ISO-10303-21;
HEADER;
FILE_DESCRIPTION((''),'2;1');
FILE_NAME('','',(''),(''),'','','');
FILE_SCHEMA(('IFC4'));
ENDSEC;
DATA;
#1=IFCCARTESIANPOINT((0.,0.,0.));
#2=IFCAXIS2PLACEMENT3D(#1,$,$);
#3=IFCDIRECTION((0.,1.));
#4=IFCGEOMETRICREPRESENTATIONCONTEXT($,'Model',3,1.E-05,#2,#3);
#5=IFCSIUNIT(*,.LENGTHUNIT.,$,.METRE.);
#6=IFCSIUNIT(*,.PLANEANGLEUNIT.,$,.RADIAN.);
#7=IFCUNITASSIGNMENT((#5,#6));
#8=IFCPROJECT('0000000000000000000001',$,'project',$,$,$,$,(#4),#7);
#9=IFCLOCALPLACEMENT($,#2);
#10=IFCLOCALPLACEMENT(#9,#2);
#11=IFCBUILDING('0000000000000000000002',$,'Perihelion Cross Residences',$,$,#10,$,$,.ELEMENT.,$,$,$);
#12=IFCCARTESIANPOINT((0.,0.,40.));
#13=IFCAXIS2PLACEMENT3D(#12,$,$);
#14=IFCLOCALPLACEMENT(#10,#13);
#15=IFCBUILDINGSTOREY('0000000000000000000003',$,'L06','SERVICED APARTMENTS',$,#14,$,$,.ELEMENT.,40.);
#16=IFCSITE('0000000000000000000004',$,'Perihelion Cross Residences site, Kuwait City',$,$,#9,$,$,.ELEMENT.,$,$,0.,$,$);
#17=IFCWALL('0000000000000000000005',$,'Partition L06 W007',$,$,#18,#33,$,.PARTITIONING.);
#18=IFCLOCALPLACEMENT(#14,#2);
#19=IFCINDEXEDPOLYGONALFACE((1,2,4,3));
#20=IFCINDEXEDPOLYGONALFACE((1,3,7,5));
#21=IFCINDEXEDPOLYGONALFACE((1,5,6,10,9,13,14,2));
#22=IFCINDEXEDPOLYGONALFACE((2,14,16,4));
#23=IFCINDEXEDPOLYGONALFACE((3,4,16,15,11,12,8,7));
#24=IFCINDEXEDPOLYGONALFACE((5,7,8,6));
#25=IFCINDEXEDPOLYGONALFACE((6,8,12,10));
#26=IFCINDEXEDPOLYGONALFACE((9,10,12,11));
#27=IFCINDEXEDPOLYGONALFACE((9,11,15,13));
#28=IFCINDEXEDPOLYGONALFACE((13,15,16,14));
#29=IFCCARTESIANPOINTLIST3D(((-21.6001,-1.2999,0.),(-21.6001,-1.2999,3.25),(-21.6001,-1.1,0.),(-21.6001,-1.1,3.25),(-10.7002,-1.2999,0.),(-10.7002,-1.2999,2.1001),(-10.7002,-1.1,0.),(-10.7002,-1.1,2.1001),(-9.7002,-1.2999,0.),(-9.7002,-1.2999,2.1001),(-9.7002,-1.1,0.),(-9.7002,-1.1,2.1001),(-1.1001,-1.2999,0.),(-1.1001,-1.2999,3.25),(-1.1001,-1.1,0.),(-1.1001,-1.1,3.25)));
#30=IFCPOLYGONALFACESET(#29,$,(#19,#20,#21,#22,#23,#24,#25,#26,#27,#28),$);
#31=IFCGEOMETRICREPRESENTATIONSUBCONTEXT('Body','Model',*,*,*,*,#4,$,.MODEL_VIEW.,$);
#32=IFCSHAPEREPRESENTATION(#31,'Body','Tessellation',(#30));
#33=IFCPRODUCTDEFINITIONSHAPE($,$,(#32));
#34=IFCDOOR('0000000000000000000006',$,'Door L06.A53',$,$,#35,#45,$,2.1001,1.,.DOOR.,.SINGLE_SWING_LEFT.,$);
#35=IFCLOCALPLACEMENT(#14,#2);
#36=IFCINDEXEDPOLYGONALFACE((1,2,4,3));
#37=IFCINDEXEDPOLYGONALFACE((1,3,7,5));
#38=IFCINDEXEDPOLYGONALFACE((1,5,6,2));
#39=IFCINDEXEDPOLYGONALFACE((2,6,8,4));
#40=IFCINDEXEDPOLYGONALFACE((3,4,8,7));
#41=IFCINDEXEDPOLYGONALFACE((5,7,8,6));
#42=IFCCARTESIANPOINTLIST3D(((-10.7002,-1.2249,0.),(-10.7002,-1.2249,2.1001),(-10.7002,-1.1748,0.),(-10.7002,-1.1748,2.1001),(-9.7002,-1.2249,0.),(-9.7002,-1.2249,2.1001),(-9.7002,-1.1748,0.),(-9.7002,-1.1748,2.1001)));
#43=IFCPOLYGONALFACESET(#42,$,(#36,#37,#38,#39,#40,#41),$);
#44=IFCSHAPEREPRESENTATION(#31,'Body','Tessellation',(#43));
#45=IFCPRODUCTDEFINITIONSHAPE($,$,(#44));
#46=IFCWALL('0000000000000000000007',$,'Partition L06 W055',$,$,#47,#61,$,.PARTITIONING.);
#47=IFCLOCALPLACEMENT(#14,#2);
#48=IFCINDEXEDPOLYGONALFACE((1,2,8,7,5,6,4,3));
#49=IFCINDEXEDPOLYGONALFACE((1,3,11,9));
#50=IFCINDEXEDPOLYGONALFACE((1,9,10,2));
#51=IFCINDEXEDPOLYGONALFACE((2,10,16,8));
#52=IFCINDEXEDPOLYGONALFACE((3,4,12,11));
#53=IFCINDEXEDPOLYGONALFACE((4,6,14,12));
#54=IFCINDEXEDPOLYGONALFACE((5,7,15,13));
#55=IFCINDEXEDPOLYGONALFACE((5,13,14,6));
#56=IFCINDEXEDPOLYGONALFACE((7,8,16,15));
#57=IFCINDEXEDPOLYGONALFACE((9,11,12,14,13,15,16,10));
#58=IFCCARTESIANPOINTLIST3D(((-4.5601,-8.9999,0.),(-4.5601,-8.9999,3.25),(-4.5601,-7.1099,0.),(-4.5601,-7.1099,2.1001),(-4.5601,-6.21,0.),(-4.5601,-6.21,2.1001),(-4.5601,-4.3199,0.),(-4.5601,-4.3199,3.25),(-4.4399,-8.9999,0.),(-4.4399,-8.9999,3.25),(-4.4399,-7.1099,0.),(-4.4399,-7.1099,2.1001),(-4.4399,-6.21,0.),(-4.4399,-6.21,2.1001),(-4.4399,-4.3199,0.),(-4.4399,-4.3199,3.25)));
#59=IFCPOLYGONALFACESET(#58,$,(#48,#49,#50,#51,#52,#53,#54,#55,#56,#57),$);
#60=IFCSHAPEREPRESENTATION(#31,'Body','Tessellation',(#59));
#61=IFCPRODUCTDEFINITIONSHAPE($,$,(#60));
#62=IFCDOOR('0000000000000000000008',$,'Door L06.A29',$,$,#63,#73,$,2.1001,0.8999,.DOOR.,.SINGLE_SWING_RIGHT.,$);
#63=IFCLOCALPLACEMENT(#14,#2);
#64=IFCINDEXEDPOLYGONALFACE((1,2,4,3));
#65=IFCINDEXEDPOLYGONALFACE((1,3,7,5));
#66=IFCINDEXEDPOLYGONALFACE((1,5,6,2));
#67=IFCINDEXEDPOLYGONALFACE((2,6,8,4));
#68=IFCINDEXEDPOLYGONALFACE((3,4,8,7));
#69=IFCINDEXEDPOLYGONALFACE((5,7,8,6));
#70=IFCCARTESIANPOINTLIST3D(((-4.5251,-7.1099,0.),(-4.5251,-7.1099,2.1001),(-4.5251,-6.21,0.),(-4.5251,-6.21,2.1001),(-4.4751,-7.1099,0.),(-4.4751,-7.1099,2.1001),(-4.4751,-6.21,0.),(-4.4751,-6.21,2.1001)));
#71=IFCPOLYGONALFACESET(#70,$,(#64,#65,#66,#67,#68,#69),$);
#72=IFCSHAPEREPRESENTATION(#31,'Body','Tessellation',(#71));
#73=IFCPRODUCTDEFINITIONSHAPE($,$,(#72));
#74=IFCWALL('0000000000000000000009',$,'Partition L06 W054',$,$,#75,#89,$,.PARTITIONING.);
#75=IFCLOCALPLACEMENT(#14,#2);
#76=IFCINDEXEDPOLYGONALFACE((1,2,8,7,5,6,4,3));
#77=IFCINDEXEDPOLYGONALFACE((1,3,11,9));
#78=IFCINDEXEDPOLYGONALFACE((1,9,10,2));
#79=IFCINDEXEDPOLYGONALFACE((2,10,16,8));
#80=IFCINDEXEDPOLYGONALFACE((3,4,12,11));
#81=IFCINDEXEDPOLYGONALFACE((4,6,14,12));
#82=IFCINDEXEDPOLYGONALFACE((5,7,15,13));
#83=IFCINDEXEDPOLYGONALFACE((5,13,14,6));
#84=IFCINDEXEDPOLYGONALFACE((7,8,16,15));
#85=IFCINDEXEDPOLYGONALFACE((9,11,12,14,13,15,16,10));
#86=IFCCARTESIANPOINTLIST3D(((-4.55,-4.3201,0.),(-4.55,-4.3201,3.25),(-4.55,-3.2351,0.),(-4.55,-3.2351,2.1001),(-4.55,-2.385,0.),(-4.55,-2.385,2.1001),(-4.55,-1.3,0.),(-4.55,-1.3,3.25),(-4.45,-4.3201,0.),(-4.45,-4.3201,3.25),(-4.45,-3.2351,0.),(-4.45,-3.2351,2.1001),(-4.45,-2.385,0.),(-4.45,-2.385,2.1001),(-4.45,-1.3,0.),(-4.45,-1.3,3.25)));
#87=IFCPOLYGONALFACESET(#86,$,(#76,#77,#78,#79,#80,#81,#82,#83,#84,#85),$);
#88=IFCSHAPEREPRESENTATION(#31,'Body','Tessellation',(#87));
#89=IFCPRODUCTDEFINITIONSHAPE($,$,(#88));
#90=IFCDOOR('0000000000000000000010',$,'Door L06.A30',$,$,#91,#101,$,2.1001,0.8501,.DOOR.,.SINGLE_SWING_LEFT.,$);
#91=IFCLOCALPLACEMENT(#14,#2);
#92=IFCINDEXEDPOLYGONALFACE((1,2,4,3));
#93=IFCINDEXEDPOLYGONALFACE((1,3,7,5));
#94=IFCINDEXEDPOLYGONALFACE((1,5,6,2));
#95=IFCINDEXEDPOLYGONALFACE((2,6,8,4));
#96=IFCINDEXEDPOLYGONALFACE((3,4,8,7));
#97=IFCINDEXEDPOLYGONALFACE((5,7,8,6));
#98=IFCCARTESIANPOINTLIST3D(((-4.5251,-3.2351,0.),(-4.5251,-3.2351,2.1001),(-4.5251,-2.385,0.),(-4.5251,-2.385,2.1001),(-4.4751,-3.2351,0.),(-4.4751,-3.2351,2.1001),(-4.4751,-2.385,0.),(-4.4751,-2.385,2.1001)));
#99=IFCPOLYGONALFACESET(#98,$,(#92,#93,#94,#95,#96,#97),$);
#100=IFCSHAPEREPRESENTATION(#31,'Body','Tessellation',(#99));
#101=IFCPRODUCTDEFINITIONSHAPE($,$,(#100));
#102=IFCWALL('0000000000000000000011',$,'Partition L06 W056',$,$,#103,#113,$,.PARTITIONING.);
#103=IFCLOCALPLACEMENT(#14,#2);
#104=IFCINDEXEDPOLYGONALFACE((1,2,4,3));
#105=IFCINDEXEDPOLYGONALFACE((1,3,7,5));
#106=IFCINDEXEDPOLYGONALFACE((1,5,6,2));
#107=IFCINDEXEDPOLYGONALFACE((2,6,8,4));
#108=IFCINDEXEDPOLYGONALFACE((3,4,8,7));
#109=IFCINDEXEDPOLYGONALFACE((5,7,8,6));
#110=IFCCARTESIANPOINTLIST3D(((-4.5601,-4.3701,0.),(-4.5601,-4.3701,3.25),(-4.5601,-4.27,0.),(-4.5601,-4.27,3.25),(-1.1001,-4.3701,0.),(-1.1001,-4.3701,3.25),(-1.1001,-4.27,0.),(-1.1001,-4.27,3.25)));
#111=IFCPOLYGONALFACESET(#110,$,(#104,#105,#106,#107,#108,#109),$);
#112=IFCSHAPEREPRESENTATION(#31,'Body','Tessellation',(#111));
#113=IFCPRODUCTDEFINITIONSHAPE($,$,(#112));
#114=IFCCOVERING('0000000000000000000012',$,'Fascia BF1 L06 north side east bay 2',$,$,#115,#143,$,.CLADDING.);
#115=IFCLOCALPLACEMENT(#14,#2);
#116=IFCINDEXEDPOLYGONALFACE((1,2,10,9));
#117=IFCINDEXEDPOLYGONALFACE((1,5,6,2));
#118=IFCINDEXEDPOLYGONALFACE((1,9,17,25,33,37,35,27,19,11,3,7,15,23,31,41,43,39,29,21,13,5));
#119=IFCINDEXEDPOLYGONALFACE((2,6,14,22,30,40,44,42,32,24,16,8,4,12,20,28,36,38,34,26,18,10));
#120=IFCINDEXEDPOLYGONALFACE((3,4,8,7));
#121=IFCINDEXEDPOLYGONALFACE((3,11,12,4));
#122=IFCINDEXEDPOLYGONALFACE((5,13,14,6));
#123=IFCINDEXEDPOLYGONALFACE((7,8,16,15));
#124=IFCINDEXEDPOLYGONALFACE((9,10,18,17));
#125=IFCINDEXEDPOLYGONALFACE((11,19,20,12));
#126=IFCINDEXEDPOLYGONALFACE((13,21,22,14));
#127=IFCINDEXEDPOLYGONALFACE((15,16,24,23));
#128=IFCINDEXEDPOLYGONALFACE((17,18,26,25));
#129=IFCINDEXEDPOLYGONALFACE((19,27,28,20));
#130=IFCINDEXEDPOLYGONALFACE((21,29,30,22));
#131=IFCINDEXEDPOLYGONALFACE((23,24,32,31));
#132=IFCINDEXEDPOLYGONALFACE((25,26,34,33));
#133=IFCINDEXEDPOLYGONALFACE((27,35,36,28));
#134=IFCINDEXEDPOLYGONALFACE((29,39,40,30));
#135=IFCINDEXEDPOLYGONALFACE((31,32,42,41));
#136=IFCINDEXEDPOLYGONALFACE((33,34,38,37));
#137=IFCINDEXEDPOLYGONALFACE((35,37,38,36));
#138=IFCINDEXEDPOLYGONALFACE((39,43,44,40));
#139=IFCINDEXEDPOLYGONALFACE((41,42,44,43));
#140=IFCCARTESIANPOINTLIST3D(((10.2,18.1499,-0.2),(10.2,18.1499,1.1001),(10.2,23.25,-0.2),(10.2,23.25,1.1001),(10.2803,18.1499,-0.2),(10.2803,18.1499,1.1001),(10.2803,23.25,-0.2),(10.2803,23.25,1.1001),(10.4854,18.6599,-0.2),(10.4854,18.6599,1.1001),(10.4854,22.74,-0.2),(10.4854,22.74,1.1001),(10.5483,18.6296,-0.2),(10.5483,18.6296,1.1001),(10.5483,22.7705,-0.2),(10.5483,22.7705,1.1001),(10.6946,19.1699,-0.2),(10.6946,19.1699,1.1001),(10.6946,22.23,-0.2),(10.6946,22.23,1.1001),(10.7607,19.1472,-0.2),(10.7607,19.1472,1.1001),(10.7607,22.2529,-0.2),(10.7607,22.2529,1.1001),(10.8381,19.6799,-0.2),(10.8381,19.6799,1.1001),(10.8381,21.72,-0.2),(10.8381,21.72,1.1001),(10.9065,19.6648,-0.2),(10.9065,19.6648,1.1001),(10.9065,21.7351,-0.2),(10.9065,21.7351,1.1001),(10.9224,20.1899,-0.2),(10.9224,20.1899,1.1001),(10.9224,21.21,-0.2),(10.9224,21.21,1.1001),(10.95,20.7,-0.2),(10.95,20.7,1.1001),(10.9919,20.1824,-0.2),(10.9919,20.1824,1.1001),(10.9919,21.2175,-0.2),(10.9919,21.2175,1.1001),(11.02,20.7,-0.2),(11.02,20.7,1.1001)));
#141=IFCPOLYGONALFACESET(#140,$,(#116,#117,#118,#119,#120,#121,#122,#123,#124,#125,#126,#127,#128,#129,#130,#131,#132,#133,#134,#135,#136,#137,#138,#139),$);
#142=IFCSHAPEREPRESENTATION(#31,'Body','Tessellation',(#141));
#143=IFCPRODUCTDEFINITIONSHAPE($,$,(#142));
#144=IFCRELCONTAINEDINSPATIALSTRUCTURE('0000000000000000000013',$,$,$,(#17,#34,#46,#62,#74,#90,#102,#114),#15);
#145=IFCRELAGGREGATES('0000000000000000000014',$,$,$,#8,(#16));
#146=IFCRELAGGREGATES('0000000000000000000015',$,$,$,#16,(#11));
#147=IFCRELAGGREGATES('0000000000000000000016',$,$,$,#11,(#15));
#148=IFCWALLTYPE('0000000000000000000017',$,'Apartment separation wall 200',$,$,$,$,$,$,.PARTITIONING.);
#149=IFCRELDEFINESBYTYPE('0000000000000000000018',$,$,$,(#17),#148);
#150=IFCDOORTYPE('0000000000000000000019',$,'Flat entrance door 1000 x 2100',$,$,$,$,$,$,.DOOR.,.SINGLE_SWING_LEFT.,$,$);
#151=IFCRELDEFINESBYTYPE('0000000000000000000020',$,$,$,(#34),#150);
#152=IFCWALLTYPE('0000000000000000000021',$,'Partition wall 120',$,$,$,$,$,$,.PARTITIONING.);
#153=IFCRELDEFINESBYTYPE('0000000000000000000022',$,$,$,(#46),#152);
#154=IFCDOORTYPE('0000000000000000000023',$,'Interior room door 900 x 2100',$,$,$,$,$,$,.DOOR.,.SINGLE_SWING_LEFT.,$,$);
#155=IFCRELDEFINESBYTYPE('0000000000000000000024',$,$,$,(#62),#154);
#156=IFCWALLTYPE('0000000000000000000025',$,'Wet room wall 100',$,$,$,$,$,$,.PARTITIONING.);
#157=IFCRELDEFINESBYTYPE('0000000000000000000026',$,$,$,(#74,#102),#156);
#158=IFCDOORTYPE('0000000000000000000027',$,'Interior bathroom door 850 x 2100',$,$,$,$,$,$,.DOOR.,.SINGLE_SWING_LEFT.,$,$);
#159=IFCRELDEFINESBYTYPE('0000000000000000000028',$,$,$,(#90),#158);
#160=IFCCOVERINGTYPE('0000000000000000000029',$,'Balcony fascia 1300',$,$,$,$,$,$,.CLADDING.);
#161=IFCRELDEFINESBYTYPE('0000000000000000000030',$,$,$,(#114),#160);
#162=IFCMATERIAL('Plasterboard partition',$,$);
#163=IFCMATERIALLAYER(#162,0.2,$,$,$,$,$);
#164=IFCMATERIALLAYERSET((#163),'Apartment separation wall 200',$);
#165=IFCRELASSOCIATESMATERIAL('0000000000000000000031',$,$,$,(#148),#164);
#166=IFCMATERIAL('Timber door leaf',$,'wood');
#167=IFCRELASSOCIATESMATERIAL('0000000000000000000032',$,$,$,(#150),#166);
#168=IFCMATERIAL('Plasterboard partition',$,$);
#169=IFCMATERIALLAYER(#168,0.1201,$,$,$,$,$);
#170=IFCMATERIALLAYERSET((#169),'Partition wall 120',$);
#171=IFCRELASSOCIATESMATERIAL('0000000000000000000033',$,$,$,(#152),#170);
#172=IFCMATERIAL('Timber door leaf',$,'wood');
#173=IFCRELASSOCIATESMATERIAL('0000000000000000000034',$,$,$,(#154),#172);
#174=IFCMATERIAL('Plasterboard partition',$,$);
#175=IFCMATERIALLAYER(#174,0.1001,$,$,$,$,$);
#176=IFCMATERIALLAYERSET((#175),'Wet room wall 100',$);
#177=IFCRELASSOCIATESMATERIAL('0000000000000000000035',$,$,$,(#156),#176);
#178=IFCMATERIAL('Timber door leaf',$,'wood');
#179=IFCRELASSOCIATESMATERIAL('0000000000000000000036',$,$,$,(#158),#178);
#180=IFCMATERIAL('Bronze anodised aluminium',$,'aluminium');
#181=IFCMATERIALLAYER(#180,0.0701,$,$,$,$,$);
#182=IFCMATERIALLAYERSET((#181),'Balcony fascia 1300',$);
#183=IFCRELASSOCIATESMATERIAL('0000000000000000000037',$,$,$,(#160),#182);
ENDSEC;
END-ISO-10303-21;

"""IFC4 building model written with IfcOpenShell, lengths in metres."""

from ifc_helpers import new_model, si_unit, direction, frame, frame_2d, origin, place, context, subcontext, project, spatial, polyline, rectangle, outline, extrude, material, layer, layer_set, type_object, element, fill, save


model = new_model("IFC4")

# Units and contexts
model_context = context("Model", 3, precision=1e-05, world=origin(), true_north=direction((0.0, 1.0)))
body_context = subcontext(model_context, "Body", "Model", "MODEL_VIEW")
ifc_project = project(units=[si_unit("LENGTHUNIT", "METRE"), si_unit("PLANEANGLEUNIT", "RADIAN")], contexts=[model_context])

# Site, building, storey
site_placement = place(None, origin())
site = spatial("IfcSite", under=ifc_project, at=site_placement, Name="Perihelion Cross Residences site, Kuwait City", CompositionType="ELEMENT", RefElevation=0.0)
building_placement = place(site_placement, origin())
building = spatial("IfcBuilding", under=site, at=building_placement, Name="Perihelion Cross Residences", CompositionType="ELEMENT")
storey_placement = place(building_placement, frame((0.0, 0.0, 40.0)))
storey = spatial("IfcBuildingStorey", under=building, at=storey_placement, Name="L06", Description="SERVICED APARTMENTS", CompositionType="ELEMENT", Elevation=40.0)

# Walls, openings, doors
ifc_material_1 = material(Name="Plasterboard partition")
ifc_layer_1 = layer(ifc_material_1, 0.2)
ifc_layer_set_1 = layer_set([ifc_layer_1], Name="Apartment separation wall 200")
wall_type_1 = type_object("IfcWallType", Name="Apartment separation wall 200", PredefinedType="PARTITIONING", material=ifc_layer_set_1)
wall_1_placement = place(storey_placement, frame((-1.1001, -1.2, 0.0), z_axis=(0.0, 0.0, 1.0), x_axis=(-1.0, 0.0, 0.0)))
wall_1 = element("IfcWall", 1, at=wall_1_placement, inside=storey, type_object=wall_type_1, Name="Partition L06 W007", PredefinedType="PARTITIONING", context=body_context, shape_type="SweptSolid", body=[
    extrude(rectangle(XDim=20.5, YDim=0.2, at=frame_2d((10.25, 0.0))), origin(), (0.0, 0.0, 1.0), 3.25),
])
opening_1_placement = place(wall_1_placement, frame((8.6001, 0.0, 0.0)))
opening_1 = element("IfcOpeningElement", 2, at=opening_1_placement, cuts=wall_1, PredefinedType="OPENING", context=body_context, shape_type="SweptSolid", body=[
    extrude(rectangle(XDim=1.0, YDim=2.1001, at=frame_2d((0.5, 1.05))), frame((0.0, 0.1099, 0.0), z_axis=(0.0, -1.0, 0.0), x_axis=(1.0, 0.0, 0.0)), (0.0, 0.0, 1.0), 0.22),
])
ifc_material_2 = material(Name="Timber door leaf", Category="wood")
door_type_1 = type_object("IfcDoorType", Name="Flat entrance door 1000 x 2100", OperationType="SINGLE_SWING_LEFT", PredefinedType="DOOR", material=ifc_material_2)
door_1_placement = place(opening_1_placement, origin())
door_1 = element("IfcDoor", 3, at=door_1_placement, inside=storey, type_object=door_type_1, Name="Door L06.A53", OperationType="SINGLE_SWING_LEFT", OverallHeight=2.1001, OverallWidth=1.0, PredefinedType="DOOR", context=body_context, shape_type="SweptSolid", body=[
    extrude(rectangle(XDim=1.0, YDim=2.1001, at=frame_2d((0.5, 1.05))), frame((0.0, 0.0249, 0.0), z_axis=(0.0, -1.0, 0.0), x_axis=(1.0, 0.0, 0.0)), (0.0, 0.0, 1.0), 0.05),
])
fill(opening_1, door_1)
ifc_material_3 = material(Name="Plasterboard partition")
ifc_layer_2 = layer(ifc_material_3, 0.1201)
ifc_layer_set_2 = layer_set([ifc_layer_2], Name="Partition wall 120")
wall_type_2 = type_object("IfcWallType", Name="Partition wall 120", PredefinedType="PARTITIONING", material=ifc_layer_set_2)
wall_2_placement = place(storey_placement, frame((-4.5, -4.3201, 0.0), z_axis=(0.0, 0.0, 1.0), x_axis=(0.0, -1.0, 0.0)))
wall_2 = element("IfcWall", 4, at=wall_2_placement, inside=storey, type_object=wall_type_2, Name="Partition L06 W055", PredefinedType="PARTITIONING", context=body_context, shape_type="SweptSolid", body=[
    extrude(rectangle(XDim=4.6799, YDim=0.1201, at=frame_2d((2.3398, 0.0))), origin(), (0.0, 0.0, 1.0), 3.25),
])
opening_2_placement = place(wall_2_placement, frame((1.8899, 0.0, 0.0)))
opening_2 = element("IfcOpeningElement", 5, at=opening_2_placement, cuts=wall_2, PredefinedType="OPENING", context=body_context, shape_type="SweptSolid", body=[
    extrude(rectangle(XDim=0.8999, YDim=2.1001, at=frame_2d((0.45, 1.05))), frame((0.0, 0.0701, 0.0), z_axis=(0.0, -1.0, 0.0), x_axis=(1.0, 0.0, 0.0)), (0.0, 0.0, 1.0), 0.1401),
])
ifc_material_4 = material(Name="Timber door leaf", Category="wood")
door_type_2 = type_object("IfcDoorType", Name="Interior room door 900 x 2100", OperationType="SINGLE_SWING_LEFT", PredefinedType="DOOR", material=ifc_material_4)
door_2_placement = place(opening_2_placement, origin())
door_2 = element("IfcDoor", 6, at=door_2_placement, inside=storey, type_object=door_type_2, Name="Door L06.A29", OperationType="SINGLE_SWING_RIGHT", OverallHeight=2.1001, OverallWidth=0.8999, PredefinedType="DOOR", context=body_context, shape_type="SweptSolid", body=[
    extrude(rectangle(XDim=0.8999, YDim=2.1001, at=frame_2d((0.45, 1.05))), frame((0.0, 0.0249, 0.0), z_axis=(0.0, -1.0, 0.0), x_axis=(1.0, 0.0, 0.0)), (0.0, 0.0, 1.0), 0.05),
])
fill(opening_2, door_2)
ifc_material_5 = material(Name="Plasterboard partition")
ifc_layer_3 = layer(ifc_material_5, 0.1001)
ifc_layer_set_3 = layer_set([ifc_layer_3], Name="Wet room wall 100")
wall_type_3 = type_object("IfcWallType", Name="Wet room wall 100", PredefinedType="PARTITIONING", material=ifc_layer_set_3)
wall_3_placement = place(storey_placement, frame((-4.5, -1.3, 0.0), z_axis=(0.0, 0.0, 1.0), x_axis=(0.0, -1.0, 0.0)))
wall_3 = element("IfcWall", 7, at=wall_3_placement, inside=storey, type_object=wall_type_3, Name="Partition L06 W054", PredefinedType="PARTITIONING", context=body_context, shape_type="SweptSolid", body=[
    extrude(rectangle(XDim=3.02, YDim=0.1001, at=frame_2d((1.51, 0.0))), origin(), (0.0, 0.0, 1.0), 3.25),
])
opening_3_placement = place(wall_3_placement, frame((1.085, 0.0, 0.0)))
opening_3 = element("IfcOpeningElement", 8, at=opening_3_placement, cuts=wall_3, PredefinedType="OPENING", context=body_context, shape_type="SweptSolid", body=[
    extrude(rectangle(XDim=0.8501, YDim=2.1001, at=frame_2d((0.425, 1.05))), frame((0.0, 0.0601, 0.0), z_axis=(0.0, -1.0, 0.0), x_axis=(1.0, 0.0, 0.0)), (0.0, 0.0, 1.0), 0.1201),
])
ifc_material_6 = material(Name="Timber door leaf", Category="wood")
door_type_3 = type_object("IfcDoorType", Name="Interior bathroom door 850 x 2100", OperationType="SINGLE_SWING_LEFT", PredefinedType="DOOR", material=ifc_material_6)
door_3_placement = place(opening_3_placement, origin())
door_3 = element("IfcDoor", 9, at=door_3_placement, inside=storey, type_object=door_type_3, Name="Door L06.A30", OperationType="SINGLE_SWING_LEFT", OverallHeight=2.1001, OverallWidth=0.8501, PredefinedType="DOOR", context=body_context, shape_type="SweptSolid", body=[
    extrude(rectangle(XDim=0.8501, YDim=2.1001, at=frame_2d((0.425, 1.05))), frame((0.0, 0.0249, 0.0), z_axis=(0.0, -1.0, 0.0), x_axis=(1.0, 0.0, 0.0)), (0.0, 0.0, 1.0), 0.05),
])
fill(opening_3, door_3)

# Wall
wall_4_placement = place(storey_placement, frame((-1.1001, -4.3201, 0.0), z_axis=(0.0, 0.0, 1.0), x_axis=(-1.0, 0.0, 0.0)))
element("IfcWall", 10, at=wall_4_placement, inside=storey, type_object=wall_type_3, Name="Partition L06 W056", PredefinedType="PARTITIONING", context=body_context, shape_type="SweptSolid", body=[
    extrude(rectangle(XDim=3.46, YDim=0.1001, at=frame_2d((1.73, 0.0))), origin(), (0.0, 0.0, 1.0), 3.25),
])

# Covering
ifc_material_7 = material(Name="Bronze anodised aluminium", Category="aluminium")
ifc_layer_4 = layer(ifc_material_7, 0.0701)
ifc_layer_set_4 = layer_set([ifc_layer_4], Name="Balcony fascia 1300")
covering_type = type_object("IfcCoveringType", Name="Balcony fascia 1300", PredefinedType="CLADDING", material=ifc_layer_set_4)
covering_1_placement = place(storey_placement, frame((0.0, 0.0, -0.2)))
element("IfcCovering", 11, at=covering_1_placement, inside=storey, type_object=covering_type, Name="Fascia BF1 L06 north side east bay 2", PredefinedType="CLADDING", context=body_context, shape_type="SweptSolid", body=[
    extrude(outline(polyline([(10.5483, 18.6296), (10.7607, 19.1472), (10.9065, 19.6648), (10.9919, 20.1824), (11.02, 20.7), (10.9919, 21.2175), (10.9065, 21.7351), (10.7607, 22.2529), (10.5483, 22.7705), (10.2803, 23.25), (10.2, 23.25), (10.4854, 22.74), (10.6946, 22.23), (10.8381, 21.72), (10.9224, 21.21), (10.95, 20.7), (10.9224, 20.1899), (10.8381, 19.6799), (10.6946, 19.1699), (10.4854, 18.6599), (10.2, 18.1499), (10.2803, 18.1499), (10.5483, 18.6296)])), origin(), (0.0, 0.0, 1.0), 1.3),
])

save(model, "model.ifc")
